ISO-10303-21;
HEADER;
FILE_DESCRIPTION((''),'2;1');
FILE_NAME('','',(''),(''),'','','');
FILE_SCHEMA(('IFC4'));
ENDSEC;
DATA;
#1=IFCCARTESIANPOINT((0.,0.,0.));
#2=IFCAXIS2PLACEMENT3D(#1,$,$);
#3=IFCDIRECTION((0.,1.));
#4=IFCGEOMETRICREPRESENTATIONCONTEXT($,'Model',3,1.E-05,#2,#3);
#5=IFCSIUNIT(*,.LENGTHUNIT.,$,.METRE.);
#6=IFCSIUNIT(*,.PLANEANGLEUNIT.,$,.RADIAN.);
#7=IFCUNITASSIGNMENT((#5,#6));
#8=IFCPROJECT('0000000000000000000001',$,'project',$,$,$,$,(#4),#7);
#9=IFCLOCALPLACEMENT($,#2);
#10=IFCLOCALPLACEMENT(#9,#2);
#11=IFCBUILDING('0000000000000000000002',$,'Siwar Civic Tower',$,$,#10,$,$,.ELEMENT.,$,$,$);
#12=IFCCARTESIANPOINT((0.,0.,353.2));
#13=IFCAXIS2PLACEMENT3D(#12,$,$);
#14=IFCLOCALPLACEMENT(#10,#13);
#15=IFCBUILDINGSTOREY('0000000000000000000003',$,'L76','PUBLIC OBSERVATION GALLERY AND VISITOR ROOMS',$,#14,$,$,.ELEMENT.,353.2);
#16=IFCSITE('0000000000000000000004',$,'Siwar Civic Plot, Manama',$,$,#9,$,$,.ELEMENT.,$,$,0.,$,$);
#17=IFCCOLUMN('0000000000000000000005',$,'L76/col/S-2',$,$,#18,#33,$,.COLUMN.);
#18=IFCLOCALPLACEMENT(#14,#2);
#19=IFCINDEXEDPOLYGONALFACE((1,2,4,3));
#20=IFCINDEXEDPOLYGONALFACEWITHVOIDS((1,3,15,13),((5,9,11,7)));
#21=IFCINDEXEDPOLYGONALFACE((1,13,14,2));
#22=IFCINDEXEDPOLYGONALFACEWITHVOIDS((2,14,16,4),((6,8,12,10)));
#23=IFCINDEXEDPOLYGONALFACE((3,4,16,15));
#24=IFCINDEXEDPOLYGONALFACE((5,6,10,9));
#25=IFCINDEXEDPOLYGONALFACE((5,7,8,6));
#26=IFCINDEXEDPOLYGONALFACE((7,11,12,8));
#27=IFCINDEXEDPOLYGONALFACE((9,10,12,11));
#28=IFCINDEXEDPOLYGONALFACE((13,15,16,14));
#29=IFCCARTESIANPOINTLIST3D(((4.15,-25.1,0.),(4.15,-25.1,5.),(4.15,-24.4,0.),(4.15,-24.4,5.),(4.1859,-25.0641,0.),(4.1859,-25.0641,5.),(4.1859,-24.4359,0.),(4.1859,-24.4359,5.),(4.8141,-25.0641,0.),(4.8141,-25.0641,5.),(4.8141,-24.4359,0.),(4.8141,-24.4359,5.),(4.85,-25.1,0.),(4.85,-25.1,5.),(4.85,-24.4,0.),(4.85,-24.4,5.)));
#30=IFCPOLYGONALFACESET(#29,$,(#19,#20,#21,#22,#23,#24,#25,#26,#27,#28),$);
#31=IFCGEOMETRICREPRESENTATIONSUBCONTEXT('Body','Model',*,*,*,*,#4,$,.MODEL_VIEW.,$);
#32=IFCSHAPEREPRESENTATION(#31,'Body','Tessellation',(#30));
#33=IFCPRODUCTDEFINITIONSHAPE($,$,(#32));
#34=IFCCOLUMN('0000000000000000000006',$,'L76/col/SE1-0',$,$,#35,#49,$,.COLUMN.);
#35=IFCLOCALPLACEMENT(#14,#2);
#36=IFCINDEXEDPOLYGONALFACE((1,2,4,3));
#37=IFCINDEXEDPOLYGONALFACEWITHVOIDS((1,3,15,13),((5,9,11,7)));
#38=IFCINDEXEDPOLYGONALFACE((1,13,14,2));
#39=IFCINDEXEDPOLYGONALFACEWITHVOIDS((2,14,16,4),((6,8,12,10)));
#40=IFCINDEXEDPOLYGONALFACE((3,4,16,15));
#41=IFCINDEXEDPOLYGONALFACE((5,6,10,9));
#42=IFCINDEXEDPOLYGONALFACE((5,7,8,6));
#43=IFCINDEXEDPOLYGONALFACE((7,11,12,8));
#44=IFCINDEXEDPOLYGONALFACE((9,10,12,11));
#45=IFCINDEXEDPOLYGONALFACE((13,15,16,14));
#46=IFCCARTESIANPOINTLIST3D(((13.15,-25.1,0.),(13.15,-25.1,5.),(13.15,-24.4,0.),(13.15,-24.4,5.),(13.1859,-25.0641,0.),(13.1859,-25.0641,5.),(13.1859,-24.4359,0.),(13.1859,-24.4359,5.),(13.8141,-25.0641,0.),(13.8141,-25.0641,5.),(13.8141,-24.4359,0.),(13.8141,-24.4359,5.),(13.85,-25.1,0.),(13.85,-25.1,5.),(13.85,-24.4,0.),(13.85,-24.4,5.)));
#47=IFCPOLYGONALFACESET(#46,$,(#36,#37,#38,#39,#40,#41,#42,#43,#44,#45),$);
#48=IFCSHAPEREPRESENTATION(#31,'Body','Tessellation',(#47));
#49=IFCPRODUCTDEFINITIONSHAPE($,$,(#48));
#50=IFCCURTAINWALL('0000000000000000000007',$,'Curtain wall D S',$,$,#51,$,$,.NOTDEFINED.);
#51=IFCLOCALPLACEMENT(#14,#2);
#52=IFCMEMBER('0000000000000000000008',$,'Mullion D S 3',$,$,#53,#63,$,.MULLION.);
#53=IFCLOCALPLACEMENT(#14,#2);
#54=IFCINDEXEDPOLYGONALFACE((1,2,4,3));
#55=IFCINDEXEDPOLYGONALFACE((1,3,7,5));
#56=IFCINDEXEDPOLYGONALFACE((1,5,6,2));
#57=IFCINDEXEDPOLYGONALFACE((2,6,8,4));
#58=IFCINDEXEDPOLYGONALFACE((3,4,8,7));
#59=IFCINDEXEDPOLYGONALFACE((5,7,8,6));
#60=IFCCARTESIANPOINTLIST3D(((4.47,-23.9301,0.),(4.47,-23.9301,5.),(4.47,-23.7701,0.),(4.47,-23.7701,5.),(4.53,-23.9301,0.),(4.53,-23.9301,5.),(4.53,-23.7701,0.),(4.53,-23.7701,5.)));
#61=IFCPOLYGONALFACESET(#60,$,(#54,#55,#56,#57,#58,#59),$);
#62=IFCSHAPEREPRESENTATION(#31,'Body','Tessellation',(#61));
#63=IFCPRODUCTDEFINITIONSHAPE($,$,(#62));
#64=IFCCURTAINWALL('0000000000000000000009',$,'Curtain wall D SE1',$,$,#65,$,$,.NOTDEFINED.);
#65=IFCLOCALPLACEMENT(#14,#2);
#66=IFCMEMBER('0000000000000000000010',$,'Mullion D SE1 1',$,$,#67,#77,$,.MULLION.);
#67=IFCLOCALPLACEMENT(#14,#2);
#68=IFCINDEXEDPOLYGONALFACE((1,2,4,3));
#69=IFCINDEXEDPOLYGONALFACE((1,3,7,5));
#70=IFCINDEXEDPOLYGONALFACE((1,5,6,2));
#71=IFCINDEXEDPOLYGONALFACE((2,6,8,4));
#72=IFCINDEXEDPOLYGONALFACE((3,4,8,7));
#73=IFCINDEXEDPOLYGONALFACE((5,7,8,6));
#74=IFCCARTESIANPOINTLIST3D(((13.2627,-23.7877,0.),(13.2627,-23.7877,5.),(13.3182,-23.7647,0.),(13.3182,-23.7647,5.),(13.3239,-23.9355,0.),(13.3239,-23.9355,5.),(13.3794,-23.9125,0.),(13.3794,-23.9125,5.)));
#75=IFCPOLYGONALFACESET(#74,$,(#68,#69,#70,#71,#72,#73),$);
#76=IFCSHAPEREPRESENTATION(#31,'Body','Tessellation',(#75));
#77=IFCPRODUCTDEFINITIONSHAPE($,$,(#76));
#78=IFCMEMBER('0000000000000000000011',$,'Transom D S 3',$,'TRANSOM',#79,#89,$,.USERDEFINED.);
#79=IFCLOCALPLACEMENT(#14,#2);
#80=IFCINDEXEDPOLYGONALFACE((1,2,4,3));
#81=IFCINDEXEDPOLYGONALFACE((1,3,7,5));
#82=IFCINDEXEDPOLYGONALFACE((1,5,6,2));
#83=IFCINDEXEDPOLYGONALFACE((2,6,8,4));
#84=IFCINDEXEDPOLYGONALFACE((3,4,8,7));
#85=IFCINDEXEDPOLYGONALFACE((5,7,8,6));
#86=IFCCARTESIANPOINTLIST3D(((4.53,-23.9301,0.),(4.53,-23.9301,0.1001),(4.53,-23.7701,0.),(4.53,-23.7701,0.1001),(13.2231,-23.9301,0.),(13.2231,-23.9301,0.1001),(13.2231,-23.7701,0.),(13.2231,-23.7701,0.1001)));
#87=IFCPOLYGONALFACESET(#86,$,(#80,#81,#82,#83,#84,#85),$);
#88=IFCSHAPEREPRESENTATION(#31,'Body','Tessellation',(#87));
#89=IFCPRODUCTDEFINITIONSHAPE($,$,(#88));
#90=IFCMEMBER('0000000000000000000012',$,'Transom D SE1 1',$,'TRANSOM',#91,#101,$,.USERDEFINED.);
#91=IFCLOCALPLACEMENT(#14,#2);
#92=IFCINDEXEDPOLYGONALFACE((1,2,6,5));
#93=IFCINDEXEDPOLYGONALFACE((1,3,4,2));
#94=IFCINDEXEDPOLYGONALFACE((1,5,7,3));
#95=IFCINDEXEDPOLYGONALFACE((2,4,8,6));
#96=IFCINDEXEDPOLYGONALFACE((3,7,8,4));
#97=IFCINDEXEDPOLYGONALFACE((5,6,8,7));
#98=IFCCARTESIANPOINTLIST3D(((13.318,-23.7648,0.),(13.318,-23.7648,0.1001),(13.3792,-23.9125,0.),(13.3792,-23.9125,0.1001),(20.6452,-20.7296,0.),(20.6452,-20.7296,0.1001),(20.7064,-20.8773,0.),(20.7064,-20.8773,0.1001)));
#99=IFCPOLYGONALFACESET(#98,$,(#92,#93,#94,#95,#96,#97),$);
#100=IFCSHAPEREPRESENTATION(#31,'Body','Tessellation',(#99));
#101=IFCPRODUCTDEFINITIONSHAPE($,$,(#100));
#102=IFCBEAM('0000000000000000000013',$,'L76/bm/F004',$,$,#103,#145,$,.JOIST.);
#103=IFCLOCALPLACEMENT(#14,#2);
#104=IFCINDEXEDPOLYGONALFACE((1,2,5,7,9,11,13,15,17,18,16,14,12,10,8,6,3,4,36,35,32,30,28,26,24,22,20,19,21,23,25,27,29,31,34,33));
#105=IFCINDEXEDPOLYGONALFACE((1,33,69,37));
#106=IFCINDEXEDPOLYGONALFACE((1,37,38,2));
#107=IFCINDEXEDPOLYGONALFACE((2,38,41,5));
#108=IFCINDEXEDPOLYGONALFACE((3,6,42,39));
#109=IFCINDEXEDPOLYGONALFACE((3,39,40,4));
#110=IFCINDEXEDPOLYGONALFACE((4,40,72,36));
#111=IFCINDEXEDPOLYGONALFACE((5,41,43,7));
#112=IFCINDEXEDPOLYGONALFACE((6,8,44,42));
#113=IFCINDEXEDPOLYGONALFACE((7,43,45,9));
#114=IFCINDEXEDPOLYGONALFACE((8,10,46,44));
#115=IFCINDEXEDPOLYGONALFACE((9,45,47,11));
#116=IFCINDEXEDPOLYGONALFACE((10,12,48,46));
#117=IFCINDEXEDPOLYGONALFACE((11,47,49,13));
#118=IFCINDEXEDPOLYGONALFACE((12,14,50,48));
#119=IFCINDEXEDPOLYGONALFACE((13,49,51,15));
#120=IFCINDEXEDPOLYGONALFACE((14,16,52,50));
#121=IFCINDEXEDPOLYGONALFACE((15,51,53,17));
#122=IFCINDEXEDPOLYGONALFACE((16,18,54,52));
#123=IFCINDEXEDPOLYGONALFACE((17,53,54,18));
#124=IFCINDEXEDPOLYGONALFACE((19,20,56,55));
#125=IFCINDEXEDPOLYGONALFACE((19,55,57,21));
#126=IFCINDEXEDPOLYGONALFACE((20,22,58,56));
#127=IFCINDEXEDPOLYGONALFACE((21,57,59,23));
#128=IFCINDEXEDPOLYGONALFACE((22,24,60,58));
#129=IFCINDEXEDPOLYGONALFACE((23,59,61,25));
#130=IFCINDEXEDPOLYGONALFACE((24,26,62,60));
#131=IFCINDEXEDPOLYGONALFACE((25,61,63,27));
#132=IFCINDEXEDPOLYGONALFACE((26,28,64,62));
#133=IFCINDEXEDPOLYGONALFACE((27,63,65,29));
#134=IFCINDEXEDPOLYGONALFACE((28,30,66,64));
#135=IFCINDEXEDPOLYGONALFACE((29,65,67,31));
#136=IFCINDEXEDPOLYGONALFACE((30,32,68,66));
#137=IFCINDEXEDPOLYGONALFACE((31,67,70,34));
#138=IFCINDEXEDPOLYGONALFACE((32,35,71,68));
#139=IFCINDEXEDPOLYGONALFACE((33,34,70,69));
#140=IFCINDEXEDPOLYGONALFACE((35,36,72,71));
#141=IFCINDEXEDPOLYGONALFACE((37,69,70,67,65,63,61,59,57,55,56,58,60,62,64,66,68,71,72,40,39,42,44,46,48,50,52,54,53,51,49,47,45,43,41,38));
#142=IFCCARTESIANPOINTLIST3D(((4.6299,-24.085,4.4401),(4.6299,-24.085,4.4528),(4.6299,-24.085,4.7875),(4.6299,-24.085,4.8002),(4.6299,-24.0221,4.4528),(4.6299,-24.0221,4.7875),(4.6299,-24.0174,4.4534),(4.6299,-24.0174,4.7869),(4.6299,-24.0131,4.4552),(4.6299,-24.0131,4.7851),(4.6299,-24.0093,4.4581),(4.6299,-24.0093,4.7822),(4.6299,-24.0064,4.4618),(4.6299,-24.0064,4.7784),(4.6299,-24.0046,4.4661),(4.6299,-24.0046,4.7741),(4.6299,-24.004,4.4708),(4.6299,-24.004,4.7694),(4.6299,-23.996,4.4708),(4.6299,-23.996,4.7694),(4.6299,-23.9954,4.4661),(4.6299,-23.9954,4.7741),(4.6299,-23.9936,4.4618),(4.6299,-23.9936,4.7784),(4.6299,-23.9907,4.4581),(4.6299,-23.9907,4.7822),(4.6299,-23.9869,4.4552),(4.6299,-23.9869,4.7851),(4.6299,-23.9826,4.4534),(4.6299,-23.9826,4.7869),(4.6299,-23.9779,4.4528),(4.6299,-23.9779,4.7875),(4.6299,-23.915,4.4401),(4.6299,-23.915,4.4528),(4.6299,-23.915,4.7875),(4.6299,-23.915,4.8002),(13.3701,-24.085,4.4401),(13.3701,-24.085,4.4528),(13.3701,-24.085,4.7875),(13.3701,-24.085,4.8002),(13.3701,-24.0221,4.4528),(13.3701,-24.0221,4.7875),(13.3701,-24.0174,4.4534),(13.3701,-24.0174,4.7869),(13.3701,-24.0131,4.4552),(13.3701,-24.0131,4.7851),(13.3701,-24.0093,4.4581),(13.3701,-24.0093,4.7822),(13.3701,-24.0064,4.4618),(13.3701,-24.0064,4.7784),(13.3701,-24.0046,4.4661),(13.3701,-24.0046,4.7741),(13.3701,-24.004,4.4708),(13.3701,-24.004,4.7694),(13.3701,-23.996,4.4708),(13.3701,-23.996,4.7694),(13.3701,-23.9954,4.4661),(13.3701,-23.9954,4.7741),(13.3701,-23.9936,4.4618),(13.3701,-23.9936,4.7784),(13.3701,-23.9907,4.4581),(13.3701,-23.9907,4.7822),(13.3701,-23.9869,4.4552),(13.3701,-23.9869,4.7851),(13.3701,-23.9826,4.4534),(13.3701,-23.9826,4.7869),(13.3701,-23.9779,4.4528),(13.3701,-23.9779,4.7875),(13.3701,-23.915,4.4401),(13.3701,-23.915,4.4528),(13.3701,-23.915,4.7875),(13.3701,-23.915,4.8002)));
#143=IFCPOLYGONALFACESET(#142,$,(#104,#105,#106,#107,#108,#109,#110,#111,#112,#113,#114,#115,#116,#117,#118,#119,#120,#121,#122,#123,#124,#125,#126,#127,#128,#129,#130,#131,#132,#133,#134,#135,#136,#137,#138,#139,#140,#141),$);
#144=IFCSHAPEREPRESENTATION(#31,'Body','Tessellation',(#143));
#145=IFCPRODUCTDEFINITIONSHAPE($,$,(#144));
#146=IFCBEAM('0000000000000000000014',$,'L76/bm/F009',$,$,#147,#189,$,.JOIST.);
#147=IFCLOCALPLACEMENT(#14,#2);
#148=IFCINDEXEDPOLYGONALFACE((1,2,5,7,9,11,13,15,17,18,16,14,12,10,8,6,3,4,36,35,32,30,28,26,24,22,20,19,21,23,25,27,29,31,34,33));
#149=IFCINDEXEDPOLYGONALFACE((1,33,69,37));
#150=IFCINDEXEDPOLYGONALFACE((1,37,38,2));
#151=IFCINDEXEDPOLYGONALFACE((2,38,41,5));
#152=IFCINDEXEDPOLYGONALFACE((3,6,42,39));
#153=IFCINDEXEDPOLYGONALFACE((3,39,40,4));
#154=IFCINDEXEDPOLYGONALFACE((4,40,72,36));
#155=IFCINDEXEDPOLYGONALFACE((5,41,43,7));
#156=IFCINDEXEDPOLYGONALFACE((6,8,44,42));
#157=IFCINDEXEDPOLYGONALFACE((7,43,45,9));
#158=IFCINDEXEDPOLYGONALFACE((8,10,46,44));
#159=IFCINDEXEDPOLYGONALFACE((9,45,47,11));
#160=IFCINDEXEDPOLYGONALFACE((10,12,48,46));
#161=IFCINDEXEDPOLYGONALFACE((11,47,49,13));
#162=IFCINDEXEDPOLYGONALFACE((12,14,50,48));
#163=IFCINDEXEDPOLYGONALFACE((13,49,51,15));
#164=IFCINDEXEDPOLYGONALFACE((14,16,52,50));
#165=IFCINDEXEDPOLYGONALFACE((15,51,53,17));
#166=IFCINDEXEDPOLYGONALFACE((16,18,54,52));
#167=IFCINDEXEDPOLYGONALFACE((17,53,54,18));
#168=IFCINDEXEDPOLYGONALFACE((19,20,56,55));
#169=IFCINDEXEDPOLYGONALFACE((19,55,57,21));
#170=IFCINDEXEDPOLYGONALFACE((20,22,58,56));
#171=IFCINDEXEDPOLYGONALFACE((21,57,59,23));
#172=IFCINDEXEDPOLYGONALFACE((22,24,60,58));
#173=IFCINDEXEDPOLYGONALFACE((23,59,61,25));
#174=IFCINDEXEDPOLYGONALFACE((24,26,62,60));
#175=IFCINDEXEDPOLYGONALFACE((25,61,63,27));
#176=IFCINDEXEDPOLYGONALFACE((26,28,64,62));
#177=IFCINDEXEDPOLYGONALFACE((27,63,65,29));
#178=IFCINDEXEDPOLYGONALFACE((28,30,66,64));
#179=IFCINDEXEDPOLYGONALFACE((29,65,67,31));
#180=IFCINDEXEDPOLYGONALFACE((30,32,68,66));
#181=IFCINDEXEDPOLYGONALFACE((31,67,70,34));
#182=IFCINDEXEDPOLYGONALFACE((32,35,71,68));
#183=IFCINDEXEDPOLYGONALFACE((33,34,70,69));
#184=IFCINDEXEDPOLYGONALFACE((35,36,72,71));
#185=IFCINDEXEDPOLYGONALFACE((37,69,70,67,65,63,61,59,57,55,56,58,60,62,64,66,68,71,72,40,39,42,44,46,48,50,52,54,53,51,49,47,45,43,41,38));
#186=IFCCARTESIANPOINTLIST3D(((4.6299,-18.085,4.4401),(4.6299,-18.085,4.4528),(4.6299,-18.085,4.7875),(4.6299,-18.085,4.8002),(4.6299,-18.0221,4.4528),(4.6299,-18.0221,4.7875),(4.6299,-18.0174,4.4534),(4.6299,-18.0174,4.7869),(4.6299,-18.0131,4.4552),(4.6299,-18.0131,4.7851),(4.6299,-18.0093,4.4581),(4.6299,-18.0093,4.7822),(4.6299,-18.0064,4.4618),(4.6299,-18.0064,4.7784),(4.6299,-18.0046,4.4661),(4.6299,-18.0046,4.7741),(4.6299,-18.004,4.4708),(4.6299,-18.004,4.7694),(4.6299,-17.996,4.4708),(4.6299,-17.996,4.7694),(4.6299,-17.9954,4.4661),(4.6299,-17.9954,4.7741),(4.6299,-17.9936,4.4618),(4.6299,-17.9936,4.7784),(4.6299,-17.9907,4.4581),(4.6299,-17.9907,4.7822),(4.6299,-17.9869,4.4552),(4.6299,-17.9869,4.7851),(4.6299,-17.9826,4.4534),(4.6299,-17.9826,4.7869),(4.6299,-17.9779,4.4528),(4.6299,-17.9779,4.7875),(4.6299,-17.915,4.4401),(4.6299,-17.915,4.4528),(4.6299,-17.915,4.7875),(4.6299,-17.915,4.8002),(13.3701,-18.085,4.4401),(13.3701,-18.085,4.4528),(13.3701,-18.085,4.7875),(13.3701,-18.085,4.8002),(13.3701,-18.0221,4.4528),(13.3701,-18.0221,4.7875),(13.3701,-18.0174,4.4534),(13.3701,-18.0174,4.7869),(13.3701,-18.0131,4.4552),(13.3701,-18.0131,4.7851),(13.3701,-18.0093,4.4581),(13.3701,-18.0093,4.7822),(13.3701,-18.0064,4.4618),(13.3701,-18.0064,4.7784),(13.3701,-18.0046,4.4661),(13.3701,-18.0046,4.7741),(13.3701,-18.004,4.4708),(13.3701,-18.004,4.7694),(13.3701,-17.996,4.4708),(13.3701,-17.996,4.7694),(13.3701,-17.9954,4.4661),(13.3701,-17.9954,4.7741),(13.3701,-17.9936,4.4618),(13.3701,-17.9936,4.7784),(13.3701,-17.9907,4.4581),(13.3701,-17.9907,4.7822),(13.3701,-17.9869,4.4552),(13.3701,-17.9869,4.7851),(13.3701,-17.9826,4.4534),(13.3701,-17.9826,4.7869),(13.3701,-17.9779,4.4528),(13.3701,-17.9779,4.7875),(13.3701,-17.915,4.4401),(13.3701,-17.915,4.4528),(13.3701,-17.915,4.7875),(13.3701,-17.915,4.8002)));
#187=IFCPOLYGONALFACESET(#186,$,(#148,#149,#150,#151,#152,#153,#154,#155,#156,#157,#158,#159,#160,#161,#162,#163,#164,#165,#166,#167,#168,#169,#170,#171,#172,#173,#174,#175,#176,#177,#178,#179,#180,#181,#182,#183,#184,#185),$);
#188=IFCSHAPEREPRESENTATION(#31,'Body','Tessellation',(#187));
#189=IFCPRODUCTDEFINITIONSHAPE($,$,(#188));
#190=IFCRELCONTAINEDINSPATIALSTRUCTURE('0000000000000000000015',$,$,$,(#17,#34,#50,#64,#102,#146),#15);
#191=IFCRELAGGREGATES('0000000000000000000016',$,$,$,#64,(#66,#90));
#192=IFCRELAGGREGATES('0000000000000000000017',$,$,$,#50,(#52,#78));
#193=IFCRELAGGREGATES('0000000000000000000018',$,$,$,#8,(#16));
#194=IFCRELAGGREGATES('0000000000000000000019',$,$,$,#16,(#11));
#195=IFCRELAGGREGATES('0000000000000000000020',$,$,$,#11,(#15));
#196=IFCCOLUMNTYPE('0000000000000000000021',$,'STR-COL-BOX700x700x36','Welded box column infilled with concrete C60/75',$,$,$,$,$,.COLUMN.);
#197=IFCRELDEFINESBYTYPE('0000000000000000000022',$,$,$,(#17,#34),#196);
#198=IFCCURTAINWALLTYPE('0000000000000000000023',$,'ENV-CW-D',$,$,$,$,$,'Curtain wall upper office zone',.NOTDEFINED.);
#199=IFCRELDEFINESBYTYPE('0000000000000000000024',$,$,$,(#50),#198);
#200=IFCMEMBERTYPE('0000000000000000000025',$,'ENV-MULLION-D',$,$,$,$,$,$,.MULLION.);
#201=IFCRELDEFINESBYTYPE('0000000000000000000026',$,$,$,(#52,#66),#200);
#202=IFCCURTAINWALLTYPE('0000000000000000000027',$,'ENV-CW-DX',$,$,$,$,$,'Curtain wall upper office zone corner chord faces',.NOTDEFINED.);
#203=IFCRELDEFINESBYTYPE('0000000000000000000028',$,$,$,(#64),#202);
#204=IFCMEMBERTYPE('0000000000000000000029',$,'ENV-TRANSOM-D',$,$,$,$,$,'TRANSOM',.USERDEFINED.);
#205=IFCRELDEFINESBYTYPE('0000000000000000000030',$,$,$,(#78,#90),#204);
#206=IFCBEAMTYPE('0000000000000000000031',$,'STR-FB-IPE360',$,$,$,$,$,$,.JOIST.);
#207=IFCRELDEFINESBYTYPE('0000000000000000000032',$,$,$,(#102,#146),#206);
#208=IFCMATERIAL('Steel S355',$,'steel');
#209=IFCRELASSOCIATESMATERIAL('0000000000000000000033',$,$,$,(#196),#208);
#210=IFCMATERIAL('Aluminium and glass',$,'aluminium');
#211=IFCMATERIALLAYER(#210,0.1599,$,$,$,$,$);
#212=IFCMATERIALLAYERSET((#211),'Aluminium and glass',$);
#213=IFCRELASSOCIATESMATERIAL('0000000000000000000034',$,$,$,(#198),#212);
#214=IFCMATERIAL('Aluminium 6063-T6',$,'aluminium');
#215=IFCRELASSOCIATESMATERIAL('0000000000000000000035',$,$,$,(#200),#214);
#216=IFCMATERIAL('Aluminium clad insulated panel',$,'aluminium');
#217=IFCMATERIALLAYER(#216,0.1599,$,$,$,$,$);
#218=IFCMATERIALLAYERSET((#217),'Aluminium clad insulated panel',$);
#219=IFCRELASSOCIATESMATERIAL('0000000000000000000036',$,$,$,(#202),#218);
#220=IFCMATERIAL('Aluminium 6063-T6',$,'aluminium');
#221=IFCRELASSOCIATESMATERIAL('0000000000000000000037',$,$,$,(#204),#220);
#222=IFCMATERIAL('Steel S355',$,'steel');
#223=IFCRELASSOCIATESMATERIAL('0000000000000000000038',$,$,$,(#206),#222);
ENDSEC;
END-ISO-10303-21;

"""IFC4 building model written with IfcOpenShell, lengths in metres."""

from ifc_helpers import new_model, si_unit, direction, frame, origin, origin_2d, place, context, subcontext, project, spatial, rectangle, hollow_rectangle, i_section, extrude, material, layer, layer_set, material_profile, profile_set, type_object, element, aggregate, save


model = new_model("IFC4")

# Units and contexts
model_context = context("Model", 3, precision=1e-05, world=origin(), true_north=direction((0.0, 1.0)))
body_context = subcontext(model_context, "Body", "Model", "MODEL_VIEW")
ifc_project = project(units=[si_unit("LENGTHUNIT", "METRE"), si_unit("PLANEANGLEUNIT", "RADIAN")], contexts=[model_context])

# Site, building, storey
site_placement = place(None, origin())
site = spatial("IfcSite", under=ifc_project, at=site_placement, Name="Siwar Civic Plot, Manama", CompositionType="ELEMENT", RefElevation=0.0)
building_placement = place(site_placement, origin())
building = spatial("IfcBuilding", under=site, at=building_placement, Name="Siwar Civic Tower", CompositionType="ELEMENT")
storey_placement = place(building_placement, frame((0.0, 0.0, 353.2)))
storey = spatial("IfcBuildingStorey", under=building, at=storey_placement, Name="L76", Description="PUBLIC OBSERVATION GALLERY AND VISITOR ROOMS", CompositionType="ELEMENT", Elevation=353.2)

# Columns
ifc_material_1 = material(Name="Steel S355", Category="steel")
ifc_material_profile_1 = material_profile(ifc_material_1, hollow_rectangle(XDim=0.7, YDim=0.7, WallThickness=0.0359, at=origin_2d()), Name="BOX700x700x36")
ifc_profile_set_1 = profile_set([ifc_material_profile_1], Name="Steel S355")
column_type = type_object("IfcColumnType", Name="STR-COL-BOX700x700x36", Description="Welded box column infilled with concrete C60/75", PredefinedType="COLUMN", material=ifc_profile_set_1)
for number, where, z_axis, x_axis, name in (
    (1, (4.5, -24.75, 0.0), (0.0, 0.0, 1.0), (1.0, 0.0, 0.0), "L76/col/S-2"),
    (2, (13.5, -24.75, 0.0), (0.0, 0.0, 1.0), (1.0, 0.0, 0.0), "L76/col/SE1-0"),
):
    element("IfcColumn", number, at=place(storey_placement, frame(where, z_axis=z_axis, x_axis=x_axis)), inside=storey, type_object=column_type, Name=name, PredefinedType="COLUMN", context=body_context, shape_type="SweptSolid", body=[
        extrude(hollow_rectangle(XDim=0.7, YDim=0.7, WallThickness=0.0359, at=origin_2d()), origin(), (0.0, 0.0, 1.0), 5.0),
    ])

# Curtain walls, members
ifc_material_2 = material(Name="Aluminium and glass", Category="aluminium")
ifc_layer_1 = layer(ifc_material_2, 0.1599)
ifc_layer_set_1 = layer_set([ifc_layer_1], Name="Aluminium and glass")
curtain_wall_type_1 = type_object("IfcCurtainWallType", Name="ENV-CW-D", ElementType="Curtain wall upper office zone", PredefinedType="NOTDEFINED", material=ifc_layer_set_1)
curtain_wall_1_placement = place(storey_placement, origin())
curtain_wall_1 = element("IfcCurtainWall", 3, at=curtain_wall_1_placement, inside=storey, type_object=curtain_wall_type_1, Name="Curtain wall D S", PredefinedType="NOTDEFINED")
ifc_material_3 = material(Name="Aluminium 6063-T6", Category="aluminium")
ifc_material_profile_2 = material_profile(ifc_material_3, rectangle(XDim=0.1599, YDim=0.0601, at=origin_2d()), Name="AL 160x60")
ifc_profile_set_2 = profile_set([ifc_material_profile_2], Name="Aluminium 6063-T6")
member_type_1 = type_object("IfcMemberType", Name="ENV-MULLION-D", PredefinedType="MULLION", material=ifc_profile_set_2)
member_1_placement = place(storey_placement, frame((4.5, -23.8501, 0.0), z_axis=(0.0, 0.0, 1.0), x_axis=(0.0, 1.0, 0.0)))
member_1 = element("IfcMember", 4, at=member_1_placement, type_object=member_type_1, Name="Mullion D S 3", PredefinedType="MULLION", context=body_context, shape_type="SweptSolid", body=[
    extrude(rectangle(XDim=0.1599, YDim=0.0601, at=origin_2d()), origin(), (0.0, 0.0, 1.0), 5.0),
])
ifc_material_4 = material(Name="Aluminium clad insulated panel", Category="aluminium")
ifc_layer_2 = layer(ifc_material_4, 0.1599)
ifc_layer_set_2 = layer_set([ifc_layer_2], Name="Aluminium clad insulated panel")
curtain_wall_type_2 = type_object("IfcCurtainWallType", Name="ENV-CW-DX", ElementType="Curtain wall upper office zone corner chord faces", PredefinedType="NOTDEFINED", material=ifc_layer_set_2)
curtain_wall_2_placement = place(storey_placement, origin())
curtain_wall_2 = element("IfcCurtainWall", 5, at=curtain_wall_2_placement, inside=storey, type_object=curtain_wall_type_2, Name="Curtain wall D SE1", PredefinedType="NOTDEFINED")
member_2_placement = place(storey_placement, frame((13.321, -23.8501, 0.0), z_axis=(0.0, 0.0, 1.0), x_axis=(-0.382683, 0.92388, 0.0)))
member_2 = element("IfcMember", 6, at=member_2_placement, type_object=member_type_1, Name="Mullion D SE1 1", PredefinedType="MULLION", context=body_context, shape_type="SweptSolid", body=[
    extrude(rectangle(XDim=0.1599, YDim=0.0601, at=origin_2d()), origin(), (0.0, 0.0, 1.0), 5.0),
])

# Members
ifc_material_5 = material(Name="Aluminium 6063-T6", Category="aluminium")
ifc_material_profile_3 = material_profile(ifc_material_5, rectangle(XDim=0.1599, YDim=0.1001, at=origin_2d()), Name="AL 160x100")
ifc_profile_set_3 = profile_set([ifc_material_profile_3], Name="Aluminium 6063-T6")
member_type_2 = type_object("IfcMemberType", Name="ENV-TRANSOM-D", ElementType="TRANSOM", PredefinedType="USERDEFINED", material=ifc_profile_set_3)
member_3_placement = place(storey_placement, frame((4.53, -23.8501, 0.05), z_axis=(1.0, 0.0, 0.0), x_axis=(0.0, 1.0, 0.0)))
member_3 = element("IfcMember", 7, at=member_3_placement, type_object=member_type_2, Name="Transom D S 3", ObjectType="TRANSOM", PredefinedType="USERDEFINED", context=body_context, shape_type="SweptSolid", body=[
    extrude(rectangle(XDim=0.1599, YDim=0.1001, at=origin_2d()), origin(), (0.0, 0.0, 1.0), 8.6931),
])
member_4_placement = place(storey_placement, frame((13.3486, -23.8386, 0.05), z_axis=(0.923873, 0.3827, 0.0), x_axis=(-0.3827, 0.923873, 0.0)))
member_4 = element("IfcMember", 8, at=member_4_placement, type_object=member_type_2, Name="Transom D SE1 1", ObjectType="TRANSOM", PredefinedType="USERDEFINED", context=body_context, shape_type="SweptSolid", body=[
    extrude(rectangle(XDim=0.1599, YDim=0.1001, at=origin_2d()), origin(), (0.0, 0.0, 1.0), 7.9309),
])
aggregate(curtain_wall_2, [member_2, member_4])

# Beams
ifc_material_6 = material(Name="Steel S355", Category="steel")
ifc_material_profile_4 = material_profile(ifc_material_6, i_section(OverallWidth=0.1699, OverallDepth=0.3601, WebThickness=0.0081, FlangeThickness=0.0127, FilletRadius=0.0181, at=origin_2d()), Name="IPE360")
ifc_profile_set_4 = profile_set([ifc_material_profile_4], Name="Steel S355")
beam_type_1 = type_object("IfcBeamType", Name="STR-FB-IPE360", PredefinedType="JOIST", material=ifc_profile_set_4)
for number, where, z_axis, x_axis, name in (
    (9, (4.6299, -24.0, 4.6201), (1.0, 0.0, 0.0), (0.0, 1.0, 0.0), "L76/bm/F004"),
    (10, (4.6299, -18.0, 4.6201), (1.0, 0.0, 0.0), (0.0, 1.0, 0.0), "L76/bm/F009"),
):
    element("IfcBeam", number, at=place(storey_placement, frame(where, z_axis=z_axis, x_axis=x_axis)), inside=storey, type_object=beam_type_1, Name=name, PredefinedType="JOIST", context=body_context, shape_type="SweptSolid", body=[
        extrude(i_section(OverallWidth=0.1699, OverallDepth=0.3601, WebThickness=0.0081, FlangeThickness=0.0127, FilletRadius=0.0181, at=origin_2d()), origin(), (0.0, 0.0, 1.0), 8.7402),
    ])

aggregate(curtain_wall_1, [member_1, member_3])

save(model, "model.ifc")
